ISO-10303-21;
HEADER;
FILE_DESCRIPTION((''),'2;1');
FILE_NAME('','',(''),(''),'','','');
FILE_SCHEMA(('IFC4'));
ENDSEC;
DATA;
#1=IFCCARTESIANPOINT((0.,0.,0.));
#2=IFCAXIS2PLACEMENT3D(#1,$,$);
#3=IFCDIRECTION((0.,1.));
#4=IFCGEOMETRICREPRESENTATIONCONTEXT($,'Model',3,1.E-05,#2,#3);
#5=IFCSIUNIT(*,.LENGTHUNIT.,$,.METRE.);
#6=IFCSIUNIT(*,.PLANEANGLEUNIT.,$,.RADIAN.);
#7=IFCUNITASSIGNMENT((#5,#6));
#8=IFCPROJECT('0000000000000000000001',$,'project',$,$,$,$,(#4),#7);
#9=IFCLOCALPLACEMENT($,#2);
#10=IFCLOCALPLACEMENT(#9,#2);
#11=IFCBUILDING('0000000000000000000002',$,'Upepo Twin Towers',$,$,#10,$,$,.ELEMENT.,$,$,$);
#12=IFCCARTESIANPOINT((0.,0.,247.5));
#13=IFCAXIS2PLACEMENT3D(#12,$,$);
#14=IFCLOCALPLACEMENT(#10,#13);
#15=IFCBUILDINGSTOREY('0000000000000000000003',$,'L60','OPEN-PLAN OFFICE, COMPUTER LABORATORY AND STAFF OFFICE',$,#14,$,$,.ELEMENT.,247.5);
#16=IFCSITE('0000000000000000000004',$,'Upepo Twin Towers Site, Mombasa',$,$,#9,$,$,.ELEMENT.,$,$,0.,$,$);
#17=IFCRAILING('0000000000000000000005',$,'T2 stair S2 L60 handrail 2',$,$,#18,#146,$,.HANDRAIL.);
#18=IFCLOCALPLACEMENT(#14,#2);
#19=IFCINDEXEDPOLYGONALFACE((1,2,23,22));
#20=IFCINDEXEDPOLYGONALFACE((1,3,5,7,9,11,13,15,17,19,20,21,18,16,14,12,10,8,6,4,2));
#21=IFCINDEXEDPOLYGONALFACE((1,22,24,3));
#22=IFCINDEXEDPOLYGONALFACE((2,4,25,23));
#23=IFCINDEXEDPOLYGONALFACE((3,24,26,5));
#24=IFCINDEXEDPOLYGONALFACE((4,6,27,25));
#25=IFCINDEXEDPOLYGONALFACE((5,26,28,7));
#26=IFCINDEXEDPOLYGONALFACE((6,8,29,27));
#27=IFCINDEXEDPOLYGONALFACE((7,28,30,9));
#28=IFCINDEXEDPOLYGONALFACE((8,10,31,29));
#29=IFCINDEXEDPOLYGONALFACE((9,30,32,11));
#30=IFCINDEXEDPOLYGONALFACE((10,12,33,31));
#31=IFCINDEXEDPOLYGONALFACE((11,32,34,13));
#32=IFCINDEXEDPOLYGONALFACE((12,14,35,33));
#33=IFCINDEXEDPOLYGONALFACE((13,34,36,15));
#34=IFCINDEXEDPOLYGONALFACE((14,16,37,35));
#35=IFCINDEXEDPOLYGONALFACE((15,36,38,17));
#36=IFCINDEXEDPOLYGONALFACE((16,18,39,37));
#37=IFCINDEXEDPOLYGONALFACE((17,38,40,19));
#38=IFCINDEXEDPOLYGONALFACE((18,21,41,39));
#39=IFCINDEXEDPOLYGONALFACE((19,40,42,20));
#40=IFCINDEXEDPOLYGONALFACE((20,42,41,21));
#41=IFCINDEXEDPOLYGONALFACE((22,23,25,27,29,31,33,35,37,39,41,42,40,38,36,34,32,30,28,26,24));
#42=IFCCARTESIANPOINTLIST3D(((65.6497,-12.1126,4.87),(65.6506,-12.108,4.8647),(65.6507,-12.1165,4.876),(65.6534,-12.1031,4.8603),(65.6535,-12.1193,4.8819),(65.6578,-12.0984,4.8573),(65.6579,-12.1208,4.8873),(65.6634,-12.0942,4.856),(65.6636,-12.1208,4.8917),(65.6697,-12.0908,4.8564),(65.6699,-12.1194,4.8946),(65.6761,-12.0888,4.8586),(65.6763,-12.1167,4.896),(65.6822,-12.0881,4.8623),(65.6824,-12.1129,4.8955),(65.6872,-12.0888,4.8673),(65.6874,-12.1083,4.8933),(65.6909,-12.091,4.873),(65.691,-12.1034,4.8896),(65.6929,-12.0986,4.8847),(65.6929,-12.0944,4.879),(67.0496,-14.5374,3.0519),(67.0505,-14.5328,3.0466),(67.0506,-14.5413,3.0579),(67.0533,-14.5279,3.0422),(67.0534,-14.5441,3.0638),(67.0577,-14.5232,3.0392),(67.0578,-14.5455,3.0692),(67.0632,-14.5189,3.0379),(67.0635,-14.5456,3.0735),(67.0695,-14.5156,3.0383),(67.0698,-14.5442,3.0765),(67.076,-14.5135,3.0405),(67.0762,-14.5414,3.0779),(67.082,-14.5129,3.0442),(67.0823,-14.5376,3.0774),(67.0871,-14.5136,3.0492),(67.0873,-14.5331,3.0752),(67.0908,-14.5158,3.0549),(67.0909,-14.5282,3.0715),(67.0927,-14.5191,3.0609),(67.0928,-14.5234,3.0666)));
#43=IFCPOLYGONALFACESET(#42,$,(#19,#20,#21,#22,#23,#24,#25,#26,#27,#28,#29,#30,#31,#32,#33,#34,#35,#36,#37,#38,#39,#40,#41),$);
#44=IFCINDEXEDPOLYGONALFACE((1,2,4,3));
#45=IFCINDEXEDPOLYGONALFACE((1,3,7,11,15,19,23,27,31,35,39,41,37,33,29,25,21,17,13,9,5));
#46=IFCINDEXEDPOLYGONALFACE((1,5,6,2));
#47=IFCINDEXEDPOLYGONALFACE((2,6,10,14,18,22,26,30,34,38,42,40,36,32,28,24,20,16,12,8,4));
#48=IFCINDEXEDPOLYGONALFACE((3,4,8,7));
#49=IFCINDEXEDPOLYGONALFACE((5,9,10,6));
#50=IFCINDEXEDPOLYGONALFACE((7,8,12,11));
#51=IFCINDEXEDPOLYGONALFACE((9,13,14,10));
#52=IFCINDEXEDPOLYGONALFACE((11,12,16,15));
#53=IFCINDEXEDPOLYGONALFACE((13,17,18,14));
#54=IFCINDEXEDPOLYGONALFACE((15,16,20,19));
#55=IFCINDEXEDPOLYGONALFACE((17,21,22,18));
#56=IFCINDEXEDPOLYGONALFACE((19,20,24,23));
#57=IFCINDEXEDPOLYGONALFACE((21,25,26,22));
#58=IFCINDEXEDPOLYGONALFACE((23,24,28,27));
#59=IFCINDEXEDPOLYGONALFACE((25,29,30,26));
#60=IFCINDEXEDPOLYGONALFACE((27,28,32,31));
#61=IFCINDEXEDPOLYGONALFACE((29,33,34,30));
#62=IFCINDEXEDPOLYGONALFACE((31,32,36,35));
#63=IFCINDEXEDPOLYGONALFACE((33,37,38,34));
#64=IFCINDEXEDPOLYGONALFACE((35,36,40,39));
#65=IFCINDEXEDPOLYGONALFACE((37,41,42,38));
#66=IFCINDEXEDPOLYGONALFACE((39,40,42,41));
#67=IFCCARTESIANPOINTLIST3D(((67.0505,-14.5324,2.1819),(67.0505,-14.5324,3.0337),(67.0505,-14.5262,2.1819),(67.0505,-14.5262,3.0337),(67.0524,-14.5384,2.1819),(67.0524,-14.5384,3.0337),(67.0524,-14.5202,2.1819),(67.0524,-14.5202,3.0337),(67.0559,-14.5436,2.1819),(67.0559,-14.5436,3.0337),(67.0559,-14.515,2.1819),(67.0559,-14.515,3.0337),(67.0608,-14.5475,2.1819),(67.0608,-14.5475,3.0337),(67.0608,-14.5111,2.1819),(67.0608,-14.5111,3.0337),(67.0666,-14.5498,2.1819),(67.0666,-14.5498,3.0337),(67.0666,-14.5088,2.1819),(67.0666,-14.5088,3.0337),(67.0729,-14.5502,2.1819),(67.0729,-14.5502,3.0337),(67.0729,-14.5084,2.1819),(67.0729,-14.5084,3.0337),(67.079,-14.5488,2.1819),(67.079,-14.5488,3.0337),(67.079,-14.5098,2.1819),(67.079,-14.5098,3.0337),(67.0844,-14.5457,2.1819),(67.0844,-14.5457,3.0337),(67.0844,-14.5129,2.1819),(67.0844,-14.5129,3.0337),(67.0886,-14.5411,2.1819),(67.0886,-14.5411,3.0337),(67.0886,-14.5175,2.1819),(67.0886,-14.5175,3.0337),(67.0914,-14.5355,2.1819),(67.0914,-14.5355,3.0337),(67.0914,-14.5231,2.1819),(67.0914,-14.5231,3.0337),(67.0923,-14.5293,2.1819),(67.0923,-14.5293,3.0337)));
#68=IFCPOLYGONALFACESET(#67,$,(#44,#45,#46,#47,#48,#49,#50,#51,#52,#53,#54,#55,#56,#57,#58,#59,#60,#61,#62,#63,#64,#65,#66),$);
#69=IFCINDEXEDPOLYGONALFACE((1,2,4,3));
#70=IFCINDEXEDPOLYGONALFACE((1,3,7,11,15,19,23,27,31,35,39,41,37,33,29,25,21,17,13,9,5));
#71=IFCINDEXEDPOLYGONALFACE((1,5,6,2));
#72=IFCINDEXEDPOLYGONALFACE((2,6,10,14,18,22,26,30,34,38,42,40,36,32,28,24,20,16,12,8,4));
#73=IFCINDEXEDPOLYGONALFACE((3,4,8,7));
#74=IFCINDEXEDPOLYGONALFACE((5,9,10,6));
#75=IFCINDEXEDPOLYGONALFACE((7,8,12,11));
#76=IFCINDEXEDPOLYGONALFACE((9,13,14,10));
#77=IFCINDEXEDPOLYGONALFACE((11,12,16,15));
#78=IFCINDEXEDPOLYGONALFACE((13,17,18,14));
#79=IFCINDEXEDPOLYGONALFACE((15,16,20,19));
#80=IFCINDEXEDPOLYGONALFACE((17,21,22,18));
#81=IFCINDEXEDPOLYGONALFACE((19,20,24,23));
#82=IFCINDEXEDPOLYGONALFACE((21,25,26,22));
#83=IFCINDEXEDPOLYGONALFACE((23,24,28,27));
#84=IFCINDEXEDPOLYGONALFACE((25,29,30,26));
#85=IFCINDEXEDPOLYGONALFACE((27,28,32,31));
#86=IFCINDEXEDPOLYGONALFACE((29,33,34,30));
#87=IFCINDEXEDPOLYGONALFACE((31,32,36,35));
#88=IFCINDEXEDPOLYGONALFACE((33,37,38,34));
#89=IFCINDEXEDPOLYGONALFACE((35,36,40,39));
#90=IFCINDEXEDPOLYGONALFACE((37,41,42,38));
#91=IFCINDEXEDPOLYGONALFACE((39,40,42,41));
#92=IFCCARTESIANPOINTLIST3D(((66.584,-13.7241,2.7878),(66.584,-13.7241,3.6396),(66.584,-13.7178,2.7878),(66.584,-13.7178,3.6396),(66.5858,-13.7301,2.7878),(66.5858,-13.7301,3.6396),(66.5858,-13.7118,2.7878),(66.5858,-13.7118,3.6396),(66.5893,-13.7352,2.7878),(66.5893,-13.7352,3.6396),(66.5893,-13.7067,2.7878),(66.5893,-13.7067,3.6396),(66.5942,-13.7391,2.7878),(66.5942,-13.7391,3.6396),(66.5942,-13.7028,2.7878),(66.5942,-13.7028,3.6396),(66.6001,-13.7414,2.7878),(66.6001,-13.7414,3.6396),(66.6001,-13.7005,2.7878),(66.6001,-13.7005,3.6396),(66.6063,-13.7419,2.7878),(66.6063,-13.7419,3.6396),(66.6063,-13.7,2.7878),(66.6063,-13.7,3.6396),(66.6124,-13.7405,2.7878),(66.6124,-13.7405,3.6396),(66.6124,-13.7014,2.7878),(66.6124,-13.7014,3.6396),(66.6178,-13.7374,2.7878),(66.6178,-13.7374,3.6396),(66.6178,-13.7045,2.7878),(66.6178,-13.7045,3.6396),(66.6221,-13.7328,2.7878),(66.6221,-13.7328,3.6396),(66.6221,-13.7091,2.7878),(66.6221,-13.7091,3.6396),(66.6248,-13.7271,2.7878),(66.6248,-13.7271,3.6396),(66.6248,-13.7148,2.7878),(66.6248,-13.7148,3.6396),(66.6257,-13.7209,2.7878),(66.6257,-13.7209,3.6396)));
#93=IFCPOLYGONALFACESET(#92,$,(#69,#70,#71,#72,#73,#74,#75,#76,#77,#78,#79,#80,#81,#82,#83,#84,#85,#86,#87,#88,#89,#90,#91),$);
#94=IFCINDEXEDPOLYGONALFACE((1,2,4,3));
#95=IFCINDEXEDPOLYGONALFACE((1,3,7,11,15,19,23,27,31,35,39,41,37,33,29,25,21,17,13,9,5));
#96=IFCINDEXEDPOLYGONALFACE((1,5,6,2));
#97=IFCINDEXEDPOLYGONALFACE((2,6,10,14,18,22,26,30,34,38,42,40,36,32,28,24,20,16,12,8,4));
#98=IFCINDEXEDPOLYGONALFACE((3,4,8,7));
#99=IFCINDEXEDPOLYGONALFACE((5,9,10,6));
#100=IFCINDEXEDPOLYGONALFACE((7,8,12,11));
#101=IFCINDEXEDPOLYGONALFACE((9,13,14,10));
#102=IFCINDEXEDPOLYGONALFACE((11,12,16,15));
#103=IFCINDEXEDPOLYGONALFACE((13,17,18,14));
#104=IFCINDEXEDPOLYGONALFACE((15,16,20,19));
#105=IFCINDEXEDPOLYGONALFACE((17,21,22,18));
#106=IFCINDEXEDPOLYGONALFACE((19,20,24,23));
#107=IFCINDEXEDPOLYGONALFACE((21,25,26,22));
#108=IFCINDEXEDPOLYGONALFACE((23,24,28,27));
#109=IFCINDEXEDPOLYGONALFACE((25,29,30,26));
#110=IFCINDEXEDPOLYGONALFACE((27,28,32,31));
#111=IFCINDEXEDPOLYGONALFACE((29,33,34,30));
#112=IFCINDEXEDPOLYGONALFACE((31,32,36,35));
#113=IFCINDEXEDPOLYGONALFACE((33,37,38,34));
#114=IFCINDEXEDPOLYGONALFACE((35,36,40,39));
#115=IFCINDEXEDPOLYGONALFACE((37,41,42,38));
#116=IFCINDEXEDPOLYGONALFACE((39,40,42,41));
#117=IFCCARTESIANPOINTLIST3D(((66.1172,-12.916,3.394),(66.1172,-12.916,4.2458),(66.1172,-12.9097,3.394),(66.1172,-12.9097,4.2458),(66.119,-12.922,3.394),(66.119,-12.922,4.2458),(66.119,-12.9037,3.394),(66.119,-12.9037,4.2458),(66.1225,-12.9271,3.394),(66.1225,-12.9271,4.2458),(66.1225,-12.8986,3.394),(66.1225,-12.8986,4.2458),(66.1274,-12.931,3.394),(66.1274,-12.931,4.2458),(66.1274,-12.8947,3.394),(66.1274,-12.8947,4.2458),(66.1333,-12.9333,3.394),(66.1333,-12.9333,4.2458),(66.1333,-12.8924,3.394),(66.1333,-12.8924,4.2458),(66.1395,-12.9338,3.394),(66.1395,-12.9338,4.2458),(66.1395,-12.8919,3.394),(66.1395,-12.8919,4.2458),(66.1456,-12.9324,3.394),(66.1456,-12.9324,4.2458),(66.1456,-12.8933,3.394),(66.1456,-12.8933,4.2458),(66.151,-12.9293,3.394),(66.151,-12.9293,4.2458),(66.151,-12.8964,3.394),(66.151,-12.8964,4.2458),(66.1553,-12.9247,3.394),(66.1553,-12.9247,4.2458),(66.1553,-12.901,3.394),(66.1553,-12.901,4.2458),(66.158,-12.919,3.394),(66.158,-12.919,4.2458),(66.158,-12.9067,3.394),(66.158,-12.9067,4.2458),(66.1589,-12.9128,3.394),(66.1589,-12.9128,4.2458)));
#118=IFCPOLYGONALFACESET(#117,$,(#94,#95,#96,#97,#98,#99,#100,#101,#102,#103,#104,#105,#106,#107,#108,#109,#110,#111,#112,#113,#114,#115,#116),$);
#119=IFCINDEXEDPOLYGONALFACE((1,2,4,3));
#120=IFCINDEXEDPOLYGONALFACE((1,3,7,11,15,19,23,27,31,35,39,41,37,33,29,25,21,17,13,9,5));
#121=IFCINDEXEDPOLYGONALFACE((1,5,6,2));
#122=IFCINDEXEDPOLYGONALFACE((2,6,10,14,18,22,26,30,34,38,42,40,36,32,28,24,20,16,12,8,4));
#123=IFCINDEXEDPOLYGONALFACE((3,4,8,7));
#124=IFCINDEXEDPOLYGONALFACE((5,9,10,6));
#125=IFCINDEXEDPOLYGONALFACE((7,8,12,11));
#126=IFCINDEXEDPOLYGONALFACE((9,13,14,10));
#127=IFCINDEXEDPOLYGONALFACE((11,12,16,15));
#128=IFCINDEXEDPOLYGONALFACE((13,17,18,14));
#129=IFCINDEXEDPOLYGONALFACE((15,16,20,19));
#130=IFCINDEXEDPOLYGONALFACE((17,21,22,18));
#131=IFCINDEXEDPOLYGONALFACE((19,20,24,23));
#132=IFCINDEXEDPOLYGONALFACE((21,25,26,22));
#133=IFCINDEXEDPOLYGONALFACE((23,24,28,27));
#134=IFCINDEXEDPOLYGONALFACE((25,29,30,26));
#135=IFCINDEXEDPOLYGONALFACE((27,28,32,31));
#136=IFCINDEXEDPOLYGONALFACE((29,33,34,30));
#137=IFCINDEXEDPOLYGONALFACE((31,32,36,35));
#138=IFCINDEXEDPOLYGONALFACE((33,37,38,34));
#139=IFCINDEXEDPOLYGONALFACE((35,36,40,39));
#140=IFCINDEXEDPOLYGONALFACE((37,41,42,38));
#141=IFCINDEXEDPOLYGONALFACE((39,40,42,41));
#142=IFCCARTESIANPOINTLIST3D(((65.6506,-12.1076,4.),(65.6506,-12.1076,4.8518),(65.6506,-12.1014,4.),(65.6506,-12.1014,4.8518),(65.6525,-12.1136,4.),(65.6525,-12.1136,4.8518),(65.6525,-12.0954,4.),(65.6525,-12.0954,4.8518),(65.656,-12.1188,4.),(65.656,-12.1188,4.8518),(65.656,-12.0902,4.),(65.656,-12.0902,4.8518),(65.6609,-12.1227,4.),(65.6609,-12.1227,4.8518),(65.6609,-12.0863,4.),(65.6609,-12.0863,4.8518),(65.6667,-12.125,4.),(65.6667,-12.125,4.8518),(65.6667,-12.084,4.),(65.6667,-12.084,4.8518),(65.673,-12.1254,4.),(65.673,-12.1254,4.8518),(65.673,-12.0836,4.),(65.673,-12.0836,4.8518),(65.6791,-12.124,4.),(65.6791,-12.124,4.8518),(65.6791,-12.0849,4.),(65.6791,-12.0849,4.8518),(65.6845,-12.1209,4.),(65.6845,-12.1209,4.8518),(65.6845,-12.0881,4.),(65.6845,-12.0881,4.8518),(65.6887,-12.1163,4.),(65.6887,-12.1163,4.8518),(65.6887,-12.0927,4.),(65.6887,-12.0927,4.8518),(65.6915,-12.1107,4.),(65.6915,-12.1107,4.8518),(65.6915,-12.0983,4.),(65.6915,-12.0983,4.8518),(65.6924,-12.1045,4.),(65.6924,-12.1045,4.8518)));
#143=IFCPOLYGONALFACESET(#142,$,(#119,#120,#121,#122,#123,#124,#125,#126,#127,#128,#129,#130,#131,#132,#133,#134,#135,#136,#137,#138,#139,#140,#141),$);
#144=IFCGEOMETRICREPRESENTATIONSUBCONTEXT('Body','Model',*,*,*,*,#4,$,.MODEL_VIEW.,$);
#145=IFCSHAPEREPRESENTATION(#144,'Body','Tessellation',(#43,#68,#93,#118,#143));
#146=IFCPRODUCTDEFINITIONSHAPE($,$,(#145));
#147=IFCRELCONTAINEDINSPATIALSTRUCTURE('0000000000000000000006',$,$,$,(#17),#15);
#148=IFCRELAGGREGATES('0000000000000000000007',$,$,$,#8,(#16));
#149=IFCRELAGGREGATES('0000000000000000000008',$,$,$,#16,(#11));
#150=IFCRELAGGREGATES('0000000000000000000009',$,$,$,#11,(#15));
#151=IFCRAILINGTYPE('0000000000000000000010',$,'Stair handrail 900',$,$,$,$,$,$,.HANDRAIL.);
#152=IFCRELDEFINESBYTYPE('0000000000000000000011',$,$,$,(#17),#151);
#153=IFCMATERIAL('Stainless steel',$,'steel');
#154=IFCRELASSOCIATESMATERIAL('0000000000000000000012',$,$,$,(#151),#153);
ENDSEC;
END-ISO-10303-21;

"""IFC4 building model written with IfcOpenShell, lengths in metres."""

from ifc_helpers import new_model, si_unit, direction, frame, origin, origin_2d, place, context, subcontext, project, spatial, circle, extrude, material, type_object, element, save


model = new_model("IFC4")

# Units and contexts
model_context = context("Model", 3, precision=1e-05, world=origin(), true_north=direction((0.0, 1.0)))
body_context = subcontext(model_context, "Body", "Model", "MODEL_VIEW")
ifc_project = project(units=[si_unit("LENGTHUNIT", "METRE"), si_unit("PLANEANGLEUNIT", "RADIAN")], contexts=[model_context])

# Site, building, storey
site_placement = place(None, origin())
site = spatial("IfcSite", under=ifc_project, at=site_placement, Name="Upepo Twin Towers Site, Mombasa", CompositionType="ELEMENT", RefElevation=0.0)
building_placement = place(site_placement, origin())
building = spatial("IfcBuilding", under=site, at=building_placement, Name="Upepo Twin Towers", CompositionType="ELEMENT")
storey_placement = place(building_placement, frame((0.0, 0.0, 247.5)))
storey = spatial("IfcBuildingStorey", under=building, at=storey_placement, Name="L60", Description="OPEN-PLAN OFFICE, COMPUTER LABORATORY AND STAFF OFFICE", CompositionType="ELEMENT", Elevation=247.5)

# Railing
ifc_material_1 = material(Name="Stainless steel", Category="steel")
railing_type = type_object("IfcRailingType", Name="Stair handrail 900", PredefinedType="HANDRAIL", material=ifc_material_1)
railing_1_placement = place(storey_placement, frame((67.0713, -14.5293, 2.1819)))
element("IfcRailing", 1, at=railing_1_placement, inside=storey, type_object=railing_type, Name="T2 stair S2 L60 handrail 2", PredefinedType="HANDRAIL", context=body_context, shape_type="SweptSolid", body=[
    extrude(circle(Radius=0.0239, at=origin_2d()), frame((0.0, 0.0, 0.876), z_axis=(-0.419333, 0.726336, 0.544606), x_axis=(-0.866035, -0.499984, 0.0)), (0.0, 0.0, 1.0), 3.3384),
    extrude(circle(Radius=0.021, at=origin_2d()), origin(), (0.0, 0.0, 1.0), 0.8518),
    extrude(circle(Radius=0.021, at=origin_2d()), frame((-0.4666, 0.8083, 0.606)), (0.0, 0.0, 1.0), 0.8518),
    extrude(circle(Radius=0.021, at=origin_2d()), frame((-0.9333, 1.6165, 1.2122)), (0.0, 0.0, 1.0), 0.8518),
    extrude(circle(Radius=0.021, at=origin_2d()), frame((-1.3999, 2.4248, 1.8181)), (0.0, 0.0, 1.0), 0.8518),
])

save(model, "model.ifc")
